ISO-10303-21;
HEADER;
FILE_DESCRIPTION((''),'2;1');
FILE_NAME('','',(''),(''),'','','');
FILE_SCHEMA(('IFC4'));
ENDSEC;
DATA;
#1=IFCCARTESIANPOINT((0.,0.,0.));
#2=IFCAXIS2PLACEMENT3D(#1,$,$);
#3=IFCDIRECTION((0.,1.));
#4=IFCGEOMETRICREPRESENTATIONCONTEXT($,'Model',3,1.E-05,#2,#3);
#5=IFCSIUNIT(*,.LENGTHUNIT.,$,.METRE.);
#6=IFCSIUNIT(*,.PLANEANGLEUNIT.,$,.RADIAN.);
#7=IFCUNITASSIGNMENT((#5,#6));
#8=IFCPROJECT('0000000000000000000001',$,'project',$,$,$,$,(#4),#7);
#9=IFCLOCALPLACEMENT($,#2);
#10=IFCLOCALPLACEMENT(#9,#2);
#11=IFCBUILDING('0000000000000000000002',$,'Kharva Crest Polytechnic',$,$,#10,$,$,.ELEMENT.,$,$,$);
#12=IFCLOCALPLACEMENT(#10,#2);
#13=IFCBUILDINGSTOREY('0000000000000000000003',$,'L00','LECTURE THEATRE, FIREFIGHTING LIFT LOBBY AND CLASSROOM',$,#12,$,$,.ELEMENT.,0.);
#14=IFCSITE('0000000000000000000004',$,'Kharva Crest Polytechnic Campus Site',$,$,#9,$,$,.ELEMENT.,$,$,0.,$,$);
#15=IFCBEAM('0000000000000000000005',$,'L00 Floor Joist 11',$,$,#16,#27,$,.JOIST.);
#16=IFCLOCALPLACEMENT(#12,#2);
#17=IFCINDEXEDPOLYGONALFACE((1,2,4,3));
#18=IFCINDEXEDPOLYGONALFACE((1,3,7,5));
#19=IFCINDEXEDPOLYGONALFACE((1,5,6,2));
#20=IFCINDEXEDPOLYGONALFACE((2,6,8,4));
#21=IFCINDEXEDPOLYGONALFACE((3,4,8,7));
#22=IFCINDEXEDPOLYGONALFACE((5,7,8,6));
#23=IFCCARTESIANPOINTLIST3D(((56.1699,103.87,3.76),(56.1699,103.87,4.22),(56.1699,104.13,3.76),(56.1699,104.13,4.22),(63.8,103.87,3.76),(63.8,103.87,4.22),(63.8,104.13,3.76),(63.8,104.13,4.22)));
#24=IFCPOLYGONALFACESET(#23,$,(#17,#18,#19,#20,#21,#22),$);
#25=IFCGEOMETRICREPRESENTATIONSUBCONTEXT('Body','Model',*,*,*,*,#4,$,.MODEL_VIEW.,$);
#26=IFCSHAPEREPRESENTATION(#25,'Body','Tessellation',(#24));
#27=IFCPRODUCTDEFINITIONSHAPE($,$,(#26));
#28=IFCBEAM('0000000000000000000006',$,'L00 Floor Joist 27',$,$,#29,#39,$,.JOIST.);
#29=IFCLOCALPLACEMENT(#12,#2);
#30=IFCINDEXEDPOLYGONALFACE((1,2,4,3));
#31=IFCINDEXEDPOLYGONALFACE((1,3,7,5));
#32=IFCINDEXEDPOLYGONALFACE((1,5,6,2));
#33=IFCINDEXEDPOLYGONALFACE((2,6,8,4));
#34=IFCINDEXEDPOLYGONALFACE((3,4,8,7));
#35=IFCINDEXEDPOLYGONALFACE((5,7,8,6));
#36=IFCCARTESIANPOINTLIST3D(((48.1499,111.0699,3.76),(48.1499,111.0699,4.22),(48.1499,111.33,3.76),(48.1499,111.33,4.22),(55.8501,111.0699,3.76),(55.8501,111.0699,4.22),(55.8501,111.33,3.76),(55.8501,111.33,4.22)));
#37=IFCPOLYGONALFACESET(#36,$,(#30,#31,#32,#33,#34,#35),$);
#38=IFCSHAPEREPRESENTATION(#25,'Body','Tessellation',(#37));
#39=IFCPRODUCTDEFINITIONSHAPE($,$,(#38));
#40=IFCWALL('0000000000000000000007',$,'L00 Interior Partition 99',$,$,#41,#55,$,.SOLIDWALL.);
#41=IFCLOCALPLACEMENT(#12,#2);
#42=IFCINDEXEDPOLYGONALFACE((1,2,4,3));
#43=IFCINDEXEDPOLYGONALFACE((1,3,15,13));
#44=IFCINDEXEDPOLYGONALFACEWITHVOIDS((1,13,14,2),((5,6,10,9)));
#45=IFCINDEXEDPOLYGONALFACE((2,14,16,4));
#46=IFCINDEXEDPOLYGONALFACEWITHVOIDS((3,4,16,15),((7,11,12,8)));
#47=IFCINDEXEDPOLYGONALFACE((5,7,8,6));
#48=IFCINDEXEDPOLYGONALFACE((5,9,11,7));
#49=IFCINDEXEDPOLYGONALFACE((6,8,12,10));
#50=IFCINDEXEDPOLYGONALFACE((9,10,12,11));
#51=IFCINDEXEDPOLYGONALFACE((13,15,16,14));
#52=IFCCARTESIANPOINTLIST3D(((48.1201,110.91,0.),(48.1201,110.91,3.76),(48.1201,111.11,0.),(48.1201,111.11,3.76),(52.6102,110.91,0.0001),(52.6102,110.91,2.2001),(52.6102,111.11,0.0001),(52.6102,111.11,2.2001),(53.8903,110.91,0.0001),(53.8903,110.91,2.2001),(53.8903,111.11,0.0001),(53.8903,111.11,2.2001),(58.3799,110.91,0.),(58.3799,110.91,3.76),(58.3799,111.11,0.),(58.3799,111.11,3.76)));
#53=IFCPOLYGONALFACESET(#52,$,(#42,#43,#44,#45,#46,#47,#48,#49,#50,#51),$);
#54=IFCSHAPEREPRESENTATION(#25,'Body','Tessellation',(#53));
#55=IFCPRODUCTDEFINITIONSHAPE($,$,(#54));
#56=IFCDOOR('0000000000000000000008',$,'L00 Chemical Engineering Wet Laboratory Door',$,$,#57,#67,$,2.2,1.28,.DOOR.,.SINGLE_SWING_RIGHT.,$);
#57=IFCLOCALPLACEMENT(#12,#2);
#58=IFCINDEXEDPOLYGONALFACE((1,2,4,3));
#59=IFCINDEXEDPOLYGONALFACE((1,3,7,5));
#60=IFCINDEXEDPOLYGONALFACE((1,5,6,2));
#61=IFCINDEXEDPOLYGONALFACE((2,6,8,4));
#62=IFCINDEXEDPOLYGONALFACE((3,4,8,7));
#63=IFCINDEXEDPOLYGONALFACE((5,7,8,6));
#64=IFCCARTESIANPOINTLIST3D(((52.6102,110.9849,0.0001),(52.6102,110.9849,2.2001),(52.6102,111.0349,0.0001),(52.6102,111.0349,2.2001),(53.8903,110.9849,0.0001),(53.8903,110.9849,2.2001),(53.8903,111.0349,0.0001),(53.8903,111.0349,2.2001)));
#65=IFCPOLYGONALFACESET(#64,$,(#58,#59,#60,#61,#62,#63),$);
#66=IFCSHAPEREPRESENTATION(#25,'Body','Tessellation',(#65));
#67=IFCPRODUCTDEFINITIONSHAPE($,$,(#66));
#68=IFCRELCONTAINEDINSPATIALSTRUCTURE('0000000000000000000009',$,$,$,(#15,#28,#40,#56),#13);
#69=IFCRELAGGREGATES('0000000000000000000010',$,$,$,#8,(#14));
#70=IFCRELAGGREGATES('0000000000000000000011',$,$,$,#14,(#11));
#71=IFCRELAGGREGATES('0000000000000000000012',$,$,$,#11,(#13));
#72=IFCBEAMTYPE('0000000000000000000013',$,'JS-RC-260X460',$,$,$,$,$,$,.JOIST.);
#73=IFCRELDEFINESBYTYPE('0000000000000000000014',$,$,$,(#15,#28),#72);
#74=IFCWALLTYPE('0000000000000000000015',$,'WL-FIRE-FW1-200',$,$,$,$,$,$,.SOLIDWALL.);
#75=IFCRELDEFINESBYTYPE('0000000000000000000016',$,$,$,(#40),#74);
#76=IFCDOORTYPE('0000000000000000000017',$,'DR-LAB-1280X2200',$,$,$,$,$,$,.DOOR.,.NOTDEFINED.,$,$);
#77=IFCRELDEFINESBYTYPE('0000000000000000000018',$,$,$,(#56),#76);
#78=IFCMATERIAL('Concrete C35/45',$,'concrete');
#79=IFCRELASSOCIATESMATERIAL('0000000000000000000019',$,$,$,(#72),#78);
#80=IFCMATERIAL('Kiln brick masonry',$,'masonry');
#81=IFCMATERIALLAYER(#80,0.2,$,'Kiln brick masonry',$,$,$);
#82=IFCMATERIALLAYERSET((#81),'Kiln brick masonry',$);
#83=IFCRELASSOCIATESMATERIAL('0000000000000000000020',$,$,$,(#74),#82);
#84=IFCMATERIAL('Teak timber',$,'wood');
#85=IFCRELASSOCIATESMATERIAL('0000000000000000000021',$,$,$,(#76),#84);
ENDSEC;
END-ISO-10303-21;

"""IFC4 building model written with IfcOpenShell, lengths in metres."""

from ifc_helpers import new_model, si_unit, direction, frame, frame_2d, origin, origin_2d, place, context, subcontext, project, spatial, rectangle, extrude, material, layer, layer_set, material_profile, profile_set, type_object, element, fill, save


model = new_model("IFC4")

# Units and contexts
model_context = context("Model", 3, precision=1e-05, world=origin(), true_north=direction((0.0, 1.0)))
body_context = subcontext(model_context, "Body", "Model", "MODEL_VIEW")
ifc_project = project(units=[si_unit("LENGTHUNIT", "METRE"), si_unit("PLANEANGLEUNIT", "RADIAN")], contexts=[model_context])

# Site, building, storey
site_placement = place(None, origin())
site = spatial("IfcSite", under=ifc_project, at=site_placement, Name="Kharva Crest Polytechnic Campus Site", CompositionType="ELEMENT", RefElevation=0.0)
building_placement = place(site_placement, origin())
building = spatial("IfcBuilding", under=site, at=building_placement, Name="Kharva Crest Polytechnic", CompositionType="ELEMENT")
storey_placement = place(building_placement, origin())
storey = spatial("IfcBuildingStorey", under=building, at=storey_placement, Name="L00", Description="LECTURE THEATRE, FIREFIGHTING LIFT LOBBY AND CLASSROOM", CompositionType="ELEMENT", Elevation=0.0)

# Shared definitions
ifc_material_1 = material(Name="Concrete C35/45", Category="concrete")

# Beams
ifc_material_profile_1 = material_profile(ifc_material_1, rectangle(XDim=0.26, YDim=0.46, at=origin_2d()), Name="RECT 260 X 460")
ifc_profile_set_1 = profile_set([ifc_material_profile_1], Name="Concrete C35/45")
beam_type_1 = type_object("IfcBeamType", Name="JS-RC-260X460", PredefinedType="JOIST", material=ifc_profile_set_1)
beam_1_placement = place(storey_placement, frame((56.1699, 104.0, 3.99), z_axis=(1.0, 0.0, 0.0), x_axis=(0.0, 1.0, 0.0)))
element("IfcBeam", 1, at=beam_1_placement, inside=storey, type_object=beam_type_1, Name="L00 Floor Joist 11", PredefinedType="JOIST", context=body_context, shape_type="SweptSolid", body=[
    extrude(rectangle(XDim=0.26, YDim=0.46, at=origin_2d()), origin(), (0.0, 0.0, 1.0), 7.6301),
])
beam_2_placement = place(storey_placement, frame((48.1499, 111.2, 3.99), z_axis=(1.0, 0.0, 0.0), x_axis=(0.0, 1.0, 0.0)))
element("IfcBeam", 2, at=beam_2_placement, inside=storey, type_object=beam_type_1, Name="L00 Floor Joist 27", PredefinedType="JOIST", context=body_context, shape_type="SweptSolid", body=[
    extrude(rectangle(XDim=0.26, YDim=0.46, at=origin_2d()), origin(), (0.0, 0.0, 1.0), 7.7002),
])

# Wall, opening, door
ifc_material_2 = material(Name="Kiln brick masonry", Category="masonry")
ifc_layer = layer(ifc_material_2, 0.2, Name="Kiln brick masonry")
ifc_layer_set = layer_set([ifc_layer], Name="Kiln brick masonry")
wall_type = type_object("IfcWallType", Name="WL-FIRE-FW1-200", PredefinedType="SOLIDWALL", material=ifc_layer_set)
wall_placement = place(storey_placement, frame((48.1201, 111.01, 0.0), z_axis=(0.0, 0.0, 1.0), x_axis=(1.0, 0.0, 0.0)))
wall = element("IfcWall", 3, at=wall_placement, inside=storey, type_object=wall_type, Name="L00 Interior Partition 99", PredefinedType="SOLIDWALL", context=body_context, shape_type="SweptSolid", body=[
    extrude(rectangle(XDim=10.2598, YDim=0.2, at=frame_2d((5.1299, 0.0))), origin(), (0.0, 0.0, 1.0), 3.76),
])
opening_placement = place(wall_placement, frame((4.49, 0.0, 0.0)))
opening = element("IfcOpeningElement", 4, at=opening_placement, cuts=wall, PredefinedType="OPENING", context=body_context, shape_type="SweptSolid", body=[
    extrude(rectangle(XDim=1.28, YDim=2.2, at=frame_2d((0.6401, 1.1001))), frame((0.0, 0.1099, 0.0), z_axis=(0.0, -1.0, 0.0), x_axis=(1.0, 0.0, 0.0)), (0.0, 0.0, 1.0), 0.22),
])
ifc_material_3 = material(Name="Teak timber", Category="wood")
door_type = type_object("IfcDoorType", Name="DR-LAB-1280X2200", OperationType="NOTDEFINED", PredefinedType="DOOR", material=ifc_material_3)
door_placement = place(opening_placement, origin())
door = element("IfcDoor", 5, at=door_placement, inside=storey, type_object=door_type, Name="L00 Chemical Engineering Wet Laboratory Door", OperationType="SINGLE_SWING_RIGHT", OverallHeight=2.2, OverallWidth=1.28, PredefinedType="DOOR", context=body_context, shape_type="SweptSolid", body=[
    extrude(rectangle(XDim=1.28, YDim=2.2, at=frame_2d((0.6401, 1.1001))), frame((0.0, 0.0249, 0.0), z_axis=(0.0, -1.0, 0.0), x_axis=(1.0, 0.0, 0.0)), (0.0, 0.0, 1.0), 0.05),
])
fill(opening, door)

save(model, "model.ifc")
